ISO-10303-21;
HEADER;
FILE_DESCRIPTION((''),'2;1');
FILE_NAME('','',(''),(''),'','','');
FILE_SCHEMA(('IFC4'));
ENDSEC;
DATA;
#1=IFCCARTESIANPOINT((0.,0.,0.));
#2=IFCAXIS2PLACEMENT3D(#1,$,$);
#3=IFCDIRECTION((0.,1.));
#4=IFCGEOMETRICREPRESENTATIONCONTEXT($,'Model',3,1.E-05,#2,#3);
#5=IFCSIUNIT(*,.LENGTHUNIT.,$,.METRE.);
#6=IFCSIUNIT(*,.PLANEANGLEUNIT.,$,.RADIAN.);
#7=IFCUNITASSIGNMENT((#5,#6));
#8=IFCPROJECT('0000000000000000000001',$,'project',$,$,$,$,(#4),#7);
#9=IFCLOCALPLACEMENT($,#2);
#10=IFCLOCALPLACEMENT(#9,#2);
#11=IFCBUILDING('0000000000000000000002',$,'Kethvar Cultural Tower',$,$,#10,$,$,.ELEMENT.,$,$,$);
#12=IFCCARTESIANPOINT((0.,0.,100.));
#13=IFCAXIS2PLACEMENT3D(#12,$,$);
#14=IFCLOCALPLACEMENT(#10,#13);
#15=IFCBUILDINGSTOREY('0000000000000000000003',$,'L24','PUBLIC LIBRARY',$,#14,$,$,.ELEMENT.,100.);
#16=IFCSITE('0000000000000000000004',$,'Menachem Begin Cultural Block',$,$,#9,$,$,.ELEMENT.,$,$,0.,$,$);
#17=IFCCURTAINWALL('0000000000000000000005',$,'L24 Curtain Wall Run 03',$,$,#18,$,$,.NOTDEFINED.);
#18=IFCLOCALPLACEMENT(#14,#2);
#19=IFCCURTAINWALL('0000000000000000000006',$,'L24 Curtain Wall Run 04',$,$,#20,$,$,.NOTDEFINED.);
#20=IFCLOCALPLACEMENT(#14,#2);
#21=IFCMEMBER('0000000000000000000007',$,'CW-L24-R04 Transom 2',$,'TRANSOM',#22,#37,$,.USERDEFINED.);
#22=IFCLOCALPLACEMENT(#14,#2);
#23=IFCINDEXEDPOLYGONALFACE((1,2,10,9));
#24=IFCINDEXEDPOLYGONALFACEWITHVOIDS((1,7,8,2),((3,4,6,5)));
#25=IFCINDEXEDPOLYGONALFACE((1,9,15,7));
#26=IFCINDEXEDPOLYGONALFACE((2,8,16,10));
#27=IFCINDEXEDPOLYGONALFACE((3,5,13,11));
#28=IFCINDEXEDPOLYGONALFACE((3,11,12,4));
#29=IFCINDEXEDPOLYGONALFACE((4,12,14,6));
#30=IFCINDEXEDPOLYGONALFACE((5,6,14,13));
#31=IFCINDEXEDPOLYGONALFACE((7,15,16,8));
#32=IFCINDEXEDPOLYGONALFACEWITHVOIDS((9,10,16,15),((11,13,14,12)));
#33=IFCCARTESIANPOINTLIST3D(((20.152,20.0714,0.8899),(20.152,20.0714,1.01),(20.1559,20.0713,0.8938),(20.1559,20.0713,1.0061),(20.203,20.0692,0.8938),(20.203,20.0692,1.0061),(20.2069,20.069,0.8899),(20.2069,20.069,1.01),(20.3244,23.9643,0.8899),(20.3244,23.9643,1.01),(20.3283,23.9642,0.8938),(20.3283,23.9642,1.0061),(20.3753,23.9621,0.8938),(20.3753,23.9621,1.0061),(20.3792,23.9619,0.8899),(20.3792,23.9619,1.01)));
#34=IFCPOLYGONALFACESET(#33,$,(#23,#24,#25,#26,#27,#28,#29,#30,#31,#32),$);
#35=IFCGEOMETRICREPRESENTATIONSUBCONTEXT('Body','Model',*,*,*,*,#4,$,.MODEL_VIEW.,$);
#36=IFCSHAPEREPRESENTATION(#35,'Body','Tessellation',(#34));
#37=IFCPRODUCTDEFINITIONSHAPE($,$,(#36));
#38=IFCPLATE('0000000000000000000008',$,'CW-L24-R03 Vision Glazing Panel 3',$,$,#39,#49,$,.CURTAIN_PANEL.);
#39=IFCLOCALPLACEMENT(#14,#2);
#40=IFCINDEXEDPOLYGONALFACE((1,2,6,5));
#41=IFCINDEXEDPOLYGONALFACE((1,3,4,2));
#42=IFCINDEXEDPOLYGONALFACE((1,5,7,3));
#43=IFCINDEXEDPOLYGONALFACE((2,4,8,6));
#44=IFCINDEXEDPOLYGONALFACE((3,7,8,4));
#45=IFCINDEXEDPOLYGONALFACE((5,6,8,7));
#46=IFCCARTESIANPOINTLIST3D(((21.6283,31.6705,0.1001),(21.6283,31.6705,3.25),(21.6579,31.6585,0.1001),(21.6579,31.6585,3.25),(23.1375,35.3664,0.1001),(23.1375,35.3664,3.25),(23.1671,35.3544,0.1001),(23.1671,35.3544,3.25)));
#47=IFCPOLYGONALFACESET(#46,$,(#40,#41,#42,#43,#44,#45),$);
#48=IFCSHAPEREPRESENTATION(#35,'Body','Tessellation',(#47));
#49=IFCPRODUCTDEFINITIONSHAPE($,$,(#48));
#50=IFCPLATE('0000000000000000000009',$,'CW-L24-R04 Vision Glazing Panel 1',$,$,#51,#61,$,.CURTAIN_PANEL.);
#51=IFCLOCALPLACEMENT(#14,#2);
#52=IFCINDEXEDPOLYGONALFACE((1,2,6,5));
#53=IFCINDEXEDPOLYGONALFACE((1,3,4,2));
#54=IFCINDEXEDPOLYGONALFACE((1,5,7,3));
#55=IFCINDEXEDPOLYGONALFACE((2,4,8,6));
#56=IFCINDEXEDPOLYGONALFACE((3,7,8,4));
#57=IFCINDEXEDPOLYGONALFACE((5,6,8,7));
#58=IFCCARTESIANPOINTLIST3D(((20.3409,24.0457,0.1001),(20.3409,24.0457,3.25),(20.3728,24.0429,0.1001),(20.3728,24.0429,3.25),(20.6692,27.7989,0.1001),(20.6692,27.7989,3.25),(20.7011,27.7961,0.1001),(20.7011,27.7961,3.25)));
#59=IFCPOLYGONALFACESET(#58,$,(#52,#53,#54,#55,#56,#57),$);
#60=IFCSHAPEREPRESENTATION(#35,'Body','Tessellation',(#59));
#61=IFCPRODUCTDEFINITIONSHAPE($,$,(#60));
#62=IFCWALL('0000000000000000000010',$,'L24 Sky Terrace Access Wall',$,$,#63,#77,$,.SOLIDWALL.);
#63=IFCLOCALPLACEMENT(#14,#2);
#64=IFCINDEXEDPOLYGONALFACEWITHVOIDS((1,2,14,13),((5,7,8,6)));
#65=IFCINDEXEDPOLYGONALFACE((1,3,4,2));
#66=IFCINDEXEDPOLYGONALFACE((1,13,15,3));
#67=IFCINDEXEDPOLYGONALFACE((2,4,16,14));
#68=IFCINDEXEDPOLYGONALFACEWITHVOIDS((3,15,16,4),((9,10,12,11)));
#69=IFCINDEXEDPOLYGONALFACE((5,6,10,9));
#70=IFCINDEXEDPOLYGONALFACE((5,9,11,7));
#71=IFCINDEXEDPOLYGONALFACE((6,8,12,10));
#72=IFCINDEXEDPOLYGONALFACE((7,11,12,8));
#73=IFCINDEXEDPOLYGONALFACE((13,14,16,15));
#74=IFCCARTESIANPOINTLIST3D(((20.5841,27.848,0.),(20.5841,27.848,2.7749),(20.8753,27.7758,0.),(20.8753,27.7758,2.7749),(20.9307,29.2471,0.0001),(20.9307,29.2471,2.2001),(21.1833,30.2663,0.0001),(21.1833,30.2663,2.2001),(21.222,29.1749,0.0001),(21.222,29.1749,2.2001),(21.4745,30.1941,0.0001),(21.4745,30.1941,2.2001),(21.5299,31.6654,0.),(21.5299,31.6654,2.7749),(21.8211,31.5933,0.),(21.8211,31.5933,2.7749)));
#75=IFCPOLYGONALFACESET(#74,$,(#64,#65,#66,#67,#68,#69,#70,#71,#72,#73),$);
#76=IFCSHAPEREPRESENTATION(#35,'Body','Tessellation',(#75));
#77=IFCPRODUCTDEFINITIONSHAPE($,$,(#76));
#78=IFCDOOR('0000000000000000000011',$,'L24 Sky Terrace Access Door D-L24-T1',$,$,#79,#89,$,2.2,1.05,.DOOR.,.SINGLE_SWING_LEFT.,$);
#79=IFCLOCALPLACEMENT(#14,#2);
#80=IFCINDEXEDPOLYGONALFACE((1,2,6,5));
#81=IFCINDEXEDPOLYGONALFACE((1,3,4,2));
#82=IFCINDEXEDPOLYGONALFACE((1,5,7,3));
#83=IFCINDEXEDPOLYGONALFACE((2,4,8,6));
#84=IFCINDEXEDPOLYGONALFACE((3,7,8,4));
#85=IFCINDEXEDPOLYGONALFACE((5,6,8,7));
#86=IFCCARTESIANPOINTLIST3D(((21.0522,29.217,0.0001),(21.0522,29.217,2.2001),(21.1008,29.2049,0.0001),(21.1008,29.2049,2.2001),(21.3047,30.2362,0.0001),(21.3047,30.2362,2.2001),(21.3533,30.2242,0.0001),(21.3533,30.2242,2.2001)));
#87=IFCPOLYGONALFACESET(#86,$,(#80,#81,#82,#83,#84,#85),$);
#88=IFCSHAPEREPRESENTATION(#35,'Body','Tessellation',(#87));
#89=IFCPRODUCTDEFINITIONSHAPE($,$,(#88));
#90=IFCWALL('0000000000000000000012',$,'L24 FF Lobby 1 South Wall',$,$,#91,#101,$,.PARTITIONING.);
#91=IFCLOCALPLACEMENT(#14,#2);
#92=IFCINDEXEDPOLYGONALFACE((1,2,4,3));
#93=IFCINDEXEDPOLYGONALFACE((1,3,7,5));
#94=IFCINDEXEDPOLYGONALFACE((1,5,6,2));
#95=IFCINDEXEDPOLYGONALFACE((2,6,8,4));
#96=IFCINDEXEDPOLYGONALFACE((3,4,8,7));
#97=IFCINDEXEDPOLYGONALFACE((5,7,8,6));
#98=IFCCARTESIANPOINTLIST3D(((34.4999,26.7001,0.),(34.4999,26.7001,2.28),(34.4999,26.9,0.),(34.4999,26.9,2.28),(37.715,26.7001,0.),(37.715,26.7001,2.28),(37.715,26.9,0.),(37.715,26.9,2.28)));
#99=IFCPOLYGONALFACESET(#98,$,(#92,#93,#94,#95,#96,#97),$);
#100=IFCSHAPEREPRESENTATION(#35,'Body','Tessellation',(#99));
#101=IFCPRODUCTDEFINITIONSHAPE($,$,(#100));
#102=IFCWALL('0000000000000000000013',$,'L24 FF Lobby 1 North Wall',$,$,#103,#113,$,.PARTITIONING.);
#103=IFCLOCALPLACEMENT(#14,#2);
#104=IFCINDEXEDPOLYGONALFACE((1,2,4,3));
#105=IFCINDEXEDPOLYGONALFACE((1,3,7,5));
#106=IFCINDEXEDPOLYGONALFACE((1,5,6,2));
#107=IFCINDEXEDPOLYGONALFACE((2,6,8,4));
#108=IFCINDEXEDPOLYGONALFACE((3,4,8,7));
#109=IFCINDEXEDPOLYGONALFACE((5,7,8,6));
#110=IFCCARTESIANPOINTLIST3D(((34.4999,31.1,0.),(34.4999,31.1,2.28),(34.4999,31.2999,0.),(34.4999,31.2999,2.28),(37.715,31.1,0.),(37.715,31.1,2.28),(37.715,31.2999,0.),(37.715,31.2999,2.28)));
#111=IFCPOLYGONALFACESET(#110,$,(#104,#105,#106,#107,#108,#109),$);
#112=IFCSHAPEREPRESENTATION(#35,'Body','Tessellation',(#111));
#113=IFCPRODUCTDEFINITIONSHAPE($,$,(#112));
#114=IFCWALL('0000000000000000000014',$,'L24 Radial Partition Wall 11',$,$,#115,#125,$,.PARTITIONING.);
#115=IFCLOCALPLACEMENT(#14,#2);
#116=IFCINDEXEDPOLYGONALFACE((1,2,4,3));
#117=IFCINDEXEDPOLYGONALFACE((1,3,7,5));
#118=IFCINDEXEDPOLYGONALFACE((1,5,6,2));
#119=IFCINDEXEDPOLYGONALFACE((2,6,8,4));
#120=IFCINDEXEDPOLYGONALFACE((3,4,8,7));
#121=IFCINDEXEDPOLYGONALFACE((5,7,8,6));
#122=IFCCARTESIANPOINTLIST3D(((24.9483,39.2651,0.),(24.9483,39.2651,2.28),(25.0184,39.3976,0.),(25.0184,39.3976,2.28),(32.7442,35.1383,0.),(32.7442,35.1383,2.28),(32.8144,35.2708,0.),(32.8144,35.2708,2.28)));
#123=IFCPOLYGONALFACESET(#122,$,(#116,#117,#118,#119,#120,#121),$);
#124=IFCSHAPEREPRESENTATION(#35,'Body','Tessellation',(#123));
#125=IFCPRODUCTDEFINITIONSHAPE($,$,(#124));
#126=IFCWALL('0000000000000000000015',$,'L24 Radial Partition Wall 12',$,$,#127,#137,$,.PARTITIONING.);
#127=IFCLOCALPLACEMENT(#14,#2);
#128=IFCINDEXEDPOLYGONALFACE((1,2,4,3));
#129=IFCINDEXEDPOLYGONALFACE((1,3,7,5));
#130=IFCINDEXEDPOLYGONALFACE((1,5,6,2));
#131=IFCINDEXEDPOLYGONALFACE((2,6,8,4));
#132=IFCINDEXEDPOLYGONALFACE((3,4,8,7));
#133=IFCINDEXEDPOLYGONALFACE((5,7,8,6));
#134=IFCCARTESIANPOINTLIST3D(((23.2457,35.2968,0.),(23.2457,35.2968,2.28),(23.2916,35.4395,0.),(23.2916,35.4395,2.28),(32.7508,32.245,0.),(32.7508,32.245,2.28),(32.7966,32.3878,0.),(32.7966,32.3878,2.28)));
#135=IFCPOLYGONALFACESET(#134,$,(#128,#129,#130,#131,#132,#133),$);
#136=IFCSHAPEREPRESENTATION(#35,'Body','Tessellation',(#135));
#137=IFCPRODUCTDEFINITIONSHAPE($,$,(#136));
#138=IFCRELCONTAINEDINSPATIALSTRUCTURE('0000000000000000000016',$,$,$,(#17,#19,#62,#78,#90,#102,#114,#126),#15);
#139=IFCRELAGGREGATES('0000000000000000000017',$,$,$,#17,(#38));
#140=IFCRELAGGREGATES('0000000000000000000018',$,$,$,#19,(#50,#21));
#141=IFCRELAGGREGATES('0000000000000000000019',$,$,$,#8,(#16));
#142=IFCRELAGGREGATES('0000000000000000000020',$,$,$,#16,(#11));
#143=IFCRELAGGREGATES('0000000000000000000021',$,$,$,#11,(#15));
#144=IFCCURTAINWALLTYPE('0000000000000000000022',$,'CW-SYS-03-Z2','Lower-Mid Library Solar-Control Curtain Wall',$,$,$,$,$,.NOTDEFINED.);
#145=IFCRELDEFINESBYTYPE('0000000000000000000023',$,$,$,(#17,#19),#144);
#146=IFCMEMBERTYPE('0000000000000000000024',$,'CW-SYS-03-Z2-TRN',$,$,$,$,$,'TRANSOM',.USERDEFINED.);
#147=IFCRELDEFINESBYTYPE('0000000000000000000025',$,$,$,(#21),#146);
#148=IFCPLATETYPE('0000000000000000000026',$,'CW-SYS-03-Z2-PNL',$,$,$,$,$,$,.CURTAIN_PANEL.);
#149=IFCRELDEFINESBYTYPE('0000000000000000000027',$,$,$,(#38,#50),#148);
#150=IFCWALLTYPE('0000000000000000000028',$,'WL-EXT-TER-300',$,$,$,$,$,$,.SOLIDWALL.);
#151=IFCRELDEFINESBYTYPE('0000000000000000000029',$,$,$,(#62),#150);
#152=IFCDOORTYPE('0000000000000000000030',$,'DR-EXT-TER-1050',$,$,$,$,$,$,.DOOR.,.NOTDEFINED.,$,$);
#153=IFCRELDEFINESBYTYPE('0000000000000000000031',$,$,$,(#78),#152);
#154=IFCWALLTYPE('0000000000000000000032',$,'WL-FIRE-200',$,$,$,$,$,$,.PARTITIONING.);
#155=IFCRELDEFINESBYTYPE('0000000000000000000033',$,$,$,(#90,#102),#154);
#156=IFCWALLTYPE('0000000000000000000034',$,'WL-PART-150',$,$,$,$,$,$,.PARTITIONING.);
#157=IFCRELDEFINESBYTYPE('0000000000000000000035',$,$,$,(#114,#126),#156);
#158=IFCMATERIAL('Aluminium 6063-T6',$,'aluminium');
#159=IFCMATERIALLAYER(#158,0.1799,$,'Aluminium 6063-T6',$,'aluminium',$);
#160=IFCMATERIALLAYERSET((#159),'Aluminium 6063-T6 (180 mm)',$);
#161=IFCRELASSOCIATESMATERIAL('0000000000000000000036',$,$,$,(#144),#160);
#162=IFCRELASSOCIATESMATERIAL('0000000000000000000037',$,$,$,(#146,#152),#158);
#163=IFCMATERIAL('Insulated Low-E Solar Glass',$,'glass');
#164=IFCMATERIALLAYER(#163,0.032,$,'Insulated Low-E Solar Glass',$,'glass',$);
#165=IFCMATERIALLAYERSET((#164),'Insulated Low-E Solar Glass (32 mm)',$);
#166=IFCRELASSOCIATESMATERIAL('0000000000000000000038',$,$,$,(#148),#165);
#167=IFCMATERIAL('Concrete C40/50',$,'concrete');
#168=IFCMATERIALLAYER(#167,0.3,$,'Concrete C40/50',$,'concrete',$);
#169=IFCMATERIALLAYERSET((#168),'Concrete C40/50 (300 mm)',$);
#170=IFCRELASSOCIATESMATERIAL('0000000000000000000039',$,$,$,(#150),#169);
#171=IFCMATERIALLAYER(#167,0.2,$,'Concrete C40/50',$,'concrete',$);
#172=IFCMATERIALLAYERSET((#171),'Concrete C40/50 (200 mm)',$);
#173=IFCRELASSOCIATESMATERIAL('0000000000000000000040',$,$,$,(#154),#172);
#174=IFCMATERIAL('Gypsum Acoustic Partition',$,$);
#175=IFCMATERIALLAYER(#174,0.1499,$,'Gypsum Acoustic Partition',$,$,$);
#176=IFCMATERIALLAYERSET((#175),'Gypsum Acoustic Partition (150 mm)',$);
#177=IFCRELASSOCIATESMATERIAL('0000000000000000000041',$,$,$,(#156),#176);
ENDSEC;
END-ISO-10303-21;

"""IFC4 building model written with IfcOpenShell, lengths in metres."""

from ifc_helpers import new_model, si_unit, direction, frame, frame_2d, origin, origin_2d, place, context, subcontext, project, spatial, rectangle, hollow_rectangle, extrude, source, transform, mapped, material, layer, layer_set, material_profile, profile_set, type_object, element, fill, aggregate, save


model = new_model("IFC4")

# Units and contexts
model_context = context("Model", 3, precision=1e-05, world=origin(), true_north=direction((0.0, 1.0)))
body_context = subcontext(model_context, "Body", "Model", "MODEL_VIEW")
ifc_project = project(units=[si_unit("LENGTHUNIT", "METRE"), si_unit("PLANEANGLEUNIT", "RADIAN")], contexts=[model_context])

# Site, building, storey
site_placement = place(None, origin())
site = spatial("IfcSite", under=ifc_project, at=site_placement, Name="Menachem Begin Cultural Block", CompositionType="ELEMENT", RefElevation=0.0)
building_placement = place(site_placement, origin())
building = spatial("IfcBuilding", under=site, at=building_placement, Name="Kethvar Cultural Tower", CompositionType="ELEMENT")
storey_placement = place(building_placement, frame((0.0, 0.0, 100.0)))
storey = spatial("IfcBuildingStorey", under=building, at=storey_placement, Name="L24", Description="PUBLIC LIBRARY", CompositionType="ELEMENT", Elevation=100.0)

# Curtain wall
ifc_material_1 = material(Name="Aluminium 6063-T6", Category="aluminium")
ifc_layer_1 = layer(ifc_material_1, 0.1799, Name="Aluminium 6063-T6", Category="aluminium")
ifc_layer_set_1 = layer_set([ifc_layer_1], Name="Aluminium 6063-T6 (180 mm)")
curtain_wall_type = type_object("IfcCurtainWallType", Name="CW-SYS-03-Z2", Description="Lower-Mid Library Solar-Control Curtain Wall", PredefinedType="NOTDEFINED", material=ifc_layer_set_1)
curtain_wall_1_placement = place(storey_placement, origin())
curtain_wall_1 = element("IfcCurtainWall", 1, at=curtain_wall_1_placement, inside=storey, type_object=curtain_wall_type, Name="L24 Curtain Wall Run 03", PredefinedType="NOTDEFINED")

# Curtain wall, member
curtain_wall_2_placement = place(storey_placement, origin())
curtain_wall_2 = element("IfcCurtainWall", 2, at=curtain_wall_2_placement, inside=storey, type_object=curtain_wall_type, Name="L24 Curtain Wall Run 04", PredefinedType="NOTDEFINED")
ifc_material_profile_1 = material_profile(ifc_material_1, hollow_rectangle(XDim=0.0549, YDim=0.1201, WallThickness=0.0039, at=origin_2d()), Name="Aluminium 6063-T6 — RHS120x55x4")
ifc_profile_set_1 = profile_set([ifc_material_profile_1], Name="Aluminium 6063-T6 — RHS120x55x4")
member_type_1 = type_object("IfcMemberType", Name="CW-SYS-03-Z2-TRN", ElementType="TRANSOM", PredefinedType="USERDEFINED", material=ifc_profile_set_1)
shared_shape_1 = source(origin(), body_context, "Body", "SweptSolid", [
    extrude(hollow_rectangle(XDim=0.0549, YDim=0.1201, WallThickness=0.0039, at=origin_2d()), origin(), (0.0, 0.0, 1.0), 3.8967),
])
member_1_placement = place(storey_placement, frame((20.3518, 23.9631, 0.95), z_axis=(-0.044234, -0.999021, 0.0), x_axis=(0.999021, -0.044234, 0.0)))
member_1 = element("IfcMember", 3, at=member_1_placement, type_object=member_type_1, Name="CW-L24-R04 Transom 2", ObjectType="TRANSOM", PredefinedType="USERDEFINED", context=body_context, shape_type="MappedRepresentation", body=[
    mapped(shared_shape_1, transform((0.0, 0.0, 0.0), scale=1.0)),
])

# Plates
ifc_material_2 = material(Name="Insulated Low-E Solar Glass", Category="glass")
ifc_layer_2 = layer(ifc_material_2, 0.032, Name="Insulated Low-E Solar Glass", Category="glass")
ifc_layer_set_2 = layer_set([ifc_layer_2], Name="Insulated Low-E Solar Glass (32 mm)")
plate_type = type_object("IfcPlateType", Name="CW-SYS-03-Z2-PNL", PredefinedType="CURTAIN_PANEL", material=ifc_layer_set_2)
shared_shape_2 = source(origin(), body_context, "Body", "SweptSolid", [
    extrude(rectangle(XDim=3.9922, YDim=0.032, at=origin_2d()), origin(), (0.0, 0.0, 1.0), 3.1499),
])
plate_1_placement = place(storey_placement, frame((22.3977, 33.5125, 0.1001), z_axis=(0.0, 0.0, 1.0), x_axis=(-0.378051, -0.925785, 0.0)))
plate_1 = element("IfcPlate", 4, at=plate_1_placement, type_object=plate_type, Name="CW-L24-R03 Vision Glazing Panel 3", PredefinedType="CURTAIN_PANEL", context=body_context, shape_type="MappedRepresentation", body=[
    mapped(shared_shape_2, transform((0.0, 0.0, 0.0), scale=1.0)),
])
aggregate(curtain_wall_1, [plate_1])
shared_shape_3 = source(origin(), body_context, "Body", "SweptSolid", [
    extrude(rectangle(XDim=3.7676, YDim=0.032, at=origin_2d()), origin(), (0.0, 0.0, 1.0), 3.1499),
])
plate_2_placement = place(storey_placement, frame((20.521, 25.9209, 0.1001), z_axis=(0.0, 0.0, 1.0), x_axis=(-0.087138, -0.996196, 0.0)))
plate_2 = element("IfcPlate", 5, at=plate_2_placement, type_object=plate_type, Name="CW-L24-R04 Vision Glazing Panel 1", PredefinedType="CURTAIN_PANEL", context=body_context, shape_type="MappedRepresentation", body=[
    mapped(shared_shape_3, transform((0.0, 0.0, 0.0), scale=1.0)),
])
aggregate(curtain_wall_2, [plate_2, member_1])

# Wall, opening, door
ifc_material_3 = material(Name="Concrete C40/50", Category="concrete")
ifc_layer_3 = layer(ifc_material_3, 0.3, Name="Concrete C40/50", Category="concrete")
ifc_layer_set_3 = layer_set([ifc_layer_3], Name="Concrete C40/50 (300 mm)")
wall_type_1 = type_object("IfcWallType", Name="WL-EXT-TER-300", PredefinedType="SOLIDWALL", material=ifc_layer_set_3)
wall_1_placement = place(storey_placement, frame((20.7297, 27.812, 0.0), z_axis=(0.0, 0.0, 1.0), x_axis=(0.24049, 0.970652, 0.0)))
wall_1 = element("IfcWall", 6, at=wall_1_placement, inside=storey, type_object=wall_type_1, Name="L24 Sky Terrace Access Wall", PredefinedType="SOLIDWALL", context=body_context, shape_type="SweptSolid", body=[
    extrude(rectangle(XDim=3.9329, YDim=0.3, at=frame_2d((1.9663, 0.0))), origin(), (0.0, 0.0, 1.0), 2.7749),
])
opening_1_placement = place(wall_1_placement, frame((1.4414, 0.0, 0.0)))
opening_1 = element("IfcOpeningElement", 7, at=opening_1_placement, cuts=wall_1, PredefinedType="OPENING", context=body_context, shape_type="SweptSolid", body=[
    extrude(rectangle(XDim=1.05, YDim=2.2, at=frame_2d((0.5249, 1.1001))), frame((0.0, 0.1599, 0.0), z_axis=(0.0, -1.0, 0.0), x_axis=(1.0, 0.0, 0.0)), (0.0, 0.0, 1.0), 0.3201),
])
door_type_1 = type_object("IfcDoorType", Name="DR-EXT-TER-1050", OperationType="NOTDEFINED", PredefinedType="DOOR", material=ifc_material_1)
shared_shape_4 = source(origin(), body_context, "Body", "SweptSolid", [
    extrude(rectangle(XDim=1.05, YDim=2.2, at=frame_2d((0.5249, 1.1001))), frame((0.0, 0.0249, 0.0), z_axis=(0.0, -1.0, 0.0), x_axis=(1.0, 0.0, 0.0)), (0.0, 0.0, 1.0), 0.05),
])
door_1_placement = place(opening_1_placement, origin())
door_1 = element("IfcDoor", 8, at=door_1_placement, inside=storey, type_object=door_type_1, Name="L24 Sky Terrace Access Door D-L24-T1", OperationType="SINGLE_SWING_LEFT", OverallHeight=2.2, OverallWidth=1.05, PredefinedType="DOOR", context=body_context, shape_type="MappedRepresentation", body=[
    mapped(shared_shape_4, transform((0.0, 0.0, 0.0), scale=1.0)),
])
fill(opening_1, door_1)
ifc_layer_4 = layer(ifc_material_3, 0.2, Name="Concrete C40/50", Category="concrete")
ifc_layer_set_4 = layer_set([ifc_layer_4], Name="Concrete C40/50 (200 mm)")
wall_type_2 = type_object("IfcWallType", Name="WL-FIRE-200", PredefinedType="PARTITIONING", material=ifc_layer_set_4)

# Walls
for number, where, z_axis, x_axis, name in (
    (9, (34.5, 26.8, 0.0), (0.0, 0.0, 1.0), (1.0, 0.0, 0.0), "L24 FF Lobby 1 South Wall"),
    (10, (34.5, 31.2, 0.0), (0.0, 0.0, 1.0), (1.0, 0.0, 0.0), "L24 FF Lobby 1 North Wall"),
):
    element("IfcWall", number, at=place(storey_placement, frame(where, z_axis=z_axis, x_axis=x_axis)), inside=storey, type_object=wall_type_2, Name=name, PredefinedType="PARTITIONING", context=body_context, shape_type="SweptSolid", body=[
        extrude(rectangle(XDim=3.2151, YDim=0.2, at=frame_2d((1.6074, 0.0))), origin(), (0.0, 0.0, 1.0), 2.28),
    ])
ifc_material_4 = material(Name="Gypsum Acoustic Partition")
ifc_layer_5 = layer(ifc_material_4, 0.1499, Name="Gypsum Acoustic Partition")
ifc_layer_set_5 = layer_set([ifc_layer_5], Name="Gypsum Acoustic Partition (150 mm)")
wall_type_3 = type_object("IfcWallType", Name="WL-PART-150", PredefinedType="PARTITIONING", material=ifc_layer_set_5)
wall_2_placement = place(storey_placement, frame((32.7793, 35.2046, 0.0), z_axis=(0.0, 0.0, 1.0), x_axis=(-0.883813, 0.467841, 0.0)))
element("IfcWall", 11, at=wall_2_placement, inside=storey, type_object=wall_type_3, Name="L24 Radial Partition Wall 11", PredefinedType="PARTITIONING", context=body_context, shape_type="SweptSolid", body=[
    extrude(rectangle(XDim=8.8208, YDim=0.1499, at=frame_2d((4.4104, 0.0))), origin(), (0.0, 0.0, 1.0), 2.28),
])
wall_3_placement = place(storey_placement, frame((32.7737, 32.3164, 0.0), z_axis=(0.0, 0.0, 1.0), x_axis=(-0.95213, 0.305695, 0.0)))
element("IfcWall", 12, at=wall_3_placement, inside=storey, type_object=wall_type_3, Name="L24 Radial Partition Wall 12", PredefinedType="PARTITIONING", context=body_context, shape_type="SweptSolid", body=[
    extrude(rectangle(XDim=9.9829, YDim=0.1499, at=frame_2d((4.9915, 0.0))), origin(), (0.0, 0.0, 1.0), 2.28),
])

save(model, "model.ifc")
